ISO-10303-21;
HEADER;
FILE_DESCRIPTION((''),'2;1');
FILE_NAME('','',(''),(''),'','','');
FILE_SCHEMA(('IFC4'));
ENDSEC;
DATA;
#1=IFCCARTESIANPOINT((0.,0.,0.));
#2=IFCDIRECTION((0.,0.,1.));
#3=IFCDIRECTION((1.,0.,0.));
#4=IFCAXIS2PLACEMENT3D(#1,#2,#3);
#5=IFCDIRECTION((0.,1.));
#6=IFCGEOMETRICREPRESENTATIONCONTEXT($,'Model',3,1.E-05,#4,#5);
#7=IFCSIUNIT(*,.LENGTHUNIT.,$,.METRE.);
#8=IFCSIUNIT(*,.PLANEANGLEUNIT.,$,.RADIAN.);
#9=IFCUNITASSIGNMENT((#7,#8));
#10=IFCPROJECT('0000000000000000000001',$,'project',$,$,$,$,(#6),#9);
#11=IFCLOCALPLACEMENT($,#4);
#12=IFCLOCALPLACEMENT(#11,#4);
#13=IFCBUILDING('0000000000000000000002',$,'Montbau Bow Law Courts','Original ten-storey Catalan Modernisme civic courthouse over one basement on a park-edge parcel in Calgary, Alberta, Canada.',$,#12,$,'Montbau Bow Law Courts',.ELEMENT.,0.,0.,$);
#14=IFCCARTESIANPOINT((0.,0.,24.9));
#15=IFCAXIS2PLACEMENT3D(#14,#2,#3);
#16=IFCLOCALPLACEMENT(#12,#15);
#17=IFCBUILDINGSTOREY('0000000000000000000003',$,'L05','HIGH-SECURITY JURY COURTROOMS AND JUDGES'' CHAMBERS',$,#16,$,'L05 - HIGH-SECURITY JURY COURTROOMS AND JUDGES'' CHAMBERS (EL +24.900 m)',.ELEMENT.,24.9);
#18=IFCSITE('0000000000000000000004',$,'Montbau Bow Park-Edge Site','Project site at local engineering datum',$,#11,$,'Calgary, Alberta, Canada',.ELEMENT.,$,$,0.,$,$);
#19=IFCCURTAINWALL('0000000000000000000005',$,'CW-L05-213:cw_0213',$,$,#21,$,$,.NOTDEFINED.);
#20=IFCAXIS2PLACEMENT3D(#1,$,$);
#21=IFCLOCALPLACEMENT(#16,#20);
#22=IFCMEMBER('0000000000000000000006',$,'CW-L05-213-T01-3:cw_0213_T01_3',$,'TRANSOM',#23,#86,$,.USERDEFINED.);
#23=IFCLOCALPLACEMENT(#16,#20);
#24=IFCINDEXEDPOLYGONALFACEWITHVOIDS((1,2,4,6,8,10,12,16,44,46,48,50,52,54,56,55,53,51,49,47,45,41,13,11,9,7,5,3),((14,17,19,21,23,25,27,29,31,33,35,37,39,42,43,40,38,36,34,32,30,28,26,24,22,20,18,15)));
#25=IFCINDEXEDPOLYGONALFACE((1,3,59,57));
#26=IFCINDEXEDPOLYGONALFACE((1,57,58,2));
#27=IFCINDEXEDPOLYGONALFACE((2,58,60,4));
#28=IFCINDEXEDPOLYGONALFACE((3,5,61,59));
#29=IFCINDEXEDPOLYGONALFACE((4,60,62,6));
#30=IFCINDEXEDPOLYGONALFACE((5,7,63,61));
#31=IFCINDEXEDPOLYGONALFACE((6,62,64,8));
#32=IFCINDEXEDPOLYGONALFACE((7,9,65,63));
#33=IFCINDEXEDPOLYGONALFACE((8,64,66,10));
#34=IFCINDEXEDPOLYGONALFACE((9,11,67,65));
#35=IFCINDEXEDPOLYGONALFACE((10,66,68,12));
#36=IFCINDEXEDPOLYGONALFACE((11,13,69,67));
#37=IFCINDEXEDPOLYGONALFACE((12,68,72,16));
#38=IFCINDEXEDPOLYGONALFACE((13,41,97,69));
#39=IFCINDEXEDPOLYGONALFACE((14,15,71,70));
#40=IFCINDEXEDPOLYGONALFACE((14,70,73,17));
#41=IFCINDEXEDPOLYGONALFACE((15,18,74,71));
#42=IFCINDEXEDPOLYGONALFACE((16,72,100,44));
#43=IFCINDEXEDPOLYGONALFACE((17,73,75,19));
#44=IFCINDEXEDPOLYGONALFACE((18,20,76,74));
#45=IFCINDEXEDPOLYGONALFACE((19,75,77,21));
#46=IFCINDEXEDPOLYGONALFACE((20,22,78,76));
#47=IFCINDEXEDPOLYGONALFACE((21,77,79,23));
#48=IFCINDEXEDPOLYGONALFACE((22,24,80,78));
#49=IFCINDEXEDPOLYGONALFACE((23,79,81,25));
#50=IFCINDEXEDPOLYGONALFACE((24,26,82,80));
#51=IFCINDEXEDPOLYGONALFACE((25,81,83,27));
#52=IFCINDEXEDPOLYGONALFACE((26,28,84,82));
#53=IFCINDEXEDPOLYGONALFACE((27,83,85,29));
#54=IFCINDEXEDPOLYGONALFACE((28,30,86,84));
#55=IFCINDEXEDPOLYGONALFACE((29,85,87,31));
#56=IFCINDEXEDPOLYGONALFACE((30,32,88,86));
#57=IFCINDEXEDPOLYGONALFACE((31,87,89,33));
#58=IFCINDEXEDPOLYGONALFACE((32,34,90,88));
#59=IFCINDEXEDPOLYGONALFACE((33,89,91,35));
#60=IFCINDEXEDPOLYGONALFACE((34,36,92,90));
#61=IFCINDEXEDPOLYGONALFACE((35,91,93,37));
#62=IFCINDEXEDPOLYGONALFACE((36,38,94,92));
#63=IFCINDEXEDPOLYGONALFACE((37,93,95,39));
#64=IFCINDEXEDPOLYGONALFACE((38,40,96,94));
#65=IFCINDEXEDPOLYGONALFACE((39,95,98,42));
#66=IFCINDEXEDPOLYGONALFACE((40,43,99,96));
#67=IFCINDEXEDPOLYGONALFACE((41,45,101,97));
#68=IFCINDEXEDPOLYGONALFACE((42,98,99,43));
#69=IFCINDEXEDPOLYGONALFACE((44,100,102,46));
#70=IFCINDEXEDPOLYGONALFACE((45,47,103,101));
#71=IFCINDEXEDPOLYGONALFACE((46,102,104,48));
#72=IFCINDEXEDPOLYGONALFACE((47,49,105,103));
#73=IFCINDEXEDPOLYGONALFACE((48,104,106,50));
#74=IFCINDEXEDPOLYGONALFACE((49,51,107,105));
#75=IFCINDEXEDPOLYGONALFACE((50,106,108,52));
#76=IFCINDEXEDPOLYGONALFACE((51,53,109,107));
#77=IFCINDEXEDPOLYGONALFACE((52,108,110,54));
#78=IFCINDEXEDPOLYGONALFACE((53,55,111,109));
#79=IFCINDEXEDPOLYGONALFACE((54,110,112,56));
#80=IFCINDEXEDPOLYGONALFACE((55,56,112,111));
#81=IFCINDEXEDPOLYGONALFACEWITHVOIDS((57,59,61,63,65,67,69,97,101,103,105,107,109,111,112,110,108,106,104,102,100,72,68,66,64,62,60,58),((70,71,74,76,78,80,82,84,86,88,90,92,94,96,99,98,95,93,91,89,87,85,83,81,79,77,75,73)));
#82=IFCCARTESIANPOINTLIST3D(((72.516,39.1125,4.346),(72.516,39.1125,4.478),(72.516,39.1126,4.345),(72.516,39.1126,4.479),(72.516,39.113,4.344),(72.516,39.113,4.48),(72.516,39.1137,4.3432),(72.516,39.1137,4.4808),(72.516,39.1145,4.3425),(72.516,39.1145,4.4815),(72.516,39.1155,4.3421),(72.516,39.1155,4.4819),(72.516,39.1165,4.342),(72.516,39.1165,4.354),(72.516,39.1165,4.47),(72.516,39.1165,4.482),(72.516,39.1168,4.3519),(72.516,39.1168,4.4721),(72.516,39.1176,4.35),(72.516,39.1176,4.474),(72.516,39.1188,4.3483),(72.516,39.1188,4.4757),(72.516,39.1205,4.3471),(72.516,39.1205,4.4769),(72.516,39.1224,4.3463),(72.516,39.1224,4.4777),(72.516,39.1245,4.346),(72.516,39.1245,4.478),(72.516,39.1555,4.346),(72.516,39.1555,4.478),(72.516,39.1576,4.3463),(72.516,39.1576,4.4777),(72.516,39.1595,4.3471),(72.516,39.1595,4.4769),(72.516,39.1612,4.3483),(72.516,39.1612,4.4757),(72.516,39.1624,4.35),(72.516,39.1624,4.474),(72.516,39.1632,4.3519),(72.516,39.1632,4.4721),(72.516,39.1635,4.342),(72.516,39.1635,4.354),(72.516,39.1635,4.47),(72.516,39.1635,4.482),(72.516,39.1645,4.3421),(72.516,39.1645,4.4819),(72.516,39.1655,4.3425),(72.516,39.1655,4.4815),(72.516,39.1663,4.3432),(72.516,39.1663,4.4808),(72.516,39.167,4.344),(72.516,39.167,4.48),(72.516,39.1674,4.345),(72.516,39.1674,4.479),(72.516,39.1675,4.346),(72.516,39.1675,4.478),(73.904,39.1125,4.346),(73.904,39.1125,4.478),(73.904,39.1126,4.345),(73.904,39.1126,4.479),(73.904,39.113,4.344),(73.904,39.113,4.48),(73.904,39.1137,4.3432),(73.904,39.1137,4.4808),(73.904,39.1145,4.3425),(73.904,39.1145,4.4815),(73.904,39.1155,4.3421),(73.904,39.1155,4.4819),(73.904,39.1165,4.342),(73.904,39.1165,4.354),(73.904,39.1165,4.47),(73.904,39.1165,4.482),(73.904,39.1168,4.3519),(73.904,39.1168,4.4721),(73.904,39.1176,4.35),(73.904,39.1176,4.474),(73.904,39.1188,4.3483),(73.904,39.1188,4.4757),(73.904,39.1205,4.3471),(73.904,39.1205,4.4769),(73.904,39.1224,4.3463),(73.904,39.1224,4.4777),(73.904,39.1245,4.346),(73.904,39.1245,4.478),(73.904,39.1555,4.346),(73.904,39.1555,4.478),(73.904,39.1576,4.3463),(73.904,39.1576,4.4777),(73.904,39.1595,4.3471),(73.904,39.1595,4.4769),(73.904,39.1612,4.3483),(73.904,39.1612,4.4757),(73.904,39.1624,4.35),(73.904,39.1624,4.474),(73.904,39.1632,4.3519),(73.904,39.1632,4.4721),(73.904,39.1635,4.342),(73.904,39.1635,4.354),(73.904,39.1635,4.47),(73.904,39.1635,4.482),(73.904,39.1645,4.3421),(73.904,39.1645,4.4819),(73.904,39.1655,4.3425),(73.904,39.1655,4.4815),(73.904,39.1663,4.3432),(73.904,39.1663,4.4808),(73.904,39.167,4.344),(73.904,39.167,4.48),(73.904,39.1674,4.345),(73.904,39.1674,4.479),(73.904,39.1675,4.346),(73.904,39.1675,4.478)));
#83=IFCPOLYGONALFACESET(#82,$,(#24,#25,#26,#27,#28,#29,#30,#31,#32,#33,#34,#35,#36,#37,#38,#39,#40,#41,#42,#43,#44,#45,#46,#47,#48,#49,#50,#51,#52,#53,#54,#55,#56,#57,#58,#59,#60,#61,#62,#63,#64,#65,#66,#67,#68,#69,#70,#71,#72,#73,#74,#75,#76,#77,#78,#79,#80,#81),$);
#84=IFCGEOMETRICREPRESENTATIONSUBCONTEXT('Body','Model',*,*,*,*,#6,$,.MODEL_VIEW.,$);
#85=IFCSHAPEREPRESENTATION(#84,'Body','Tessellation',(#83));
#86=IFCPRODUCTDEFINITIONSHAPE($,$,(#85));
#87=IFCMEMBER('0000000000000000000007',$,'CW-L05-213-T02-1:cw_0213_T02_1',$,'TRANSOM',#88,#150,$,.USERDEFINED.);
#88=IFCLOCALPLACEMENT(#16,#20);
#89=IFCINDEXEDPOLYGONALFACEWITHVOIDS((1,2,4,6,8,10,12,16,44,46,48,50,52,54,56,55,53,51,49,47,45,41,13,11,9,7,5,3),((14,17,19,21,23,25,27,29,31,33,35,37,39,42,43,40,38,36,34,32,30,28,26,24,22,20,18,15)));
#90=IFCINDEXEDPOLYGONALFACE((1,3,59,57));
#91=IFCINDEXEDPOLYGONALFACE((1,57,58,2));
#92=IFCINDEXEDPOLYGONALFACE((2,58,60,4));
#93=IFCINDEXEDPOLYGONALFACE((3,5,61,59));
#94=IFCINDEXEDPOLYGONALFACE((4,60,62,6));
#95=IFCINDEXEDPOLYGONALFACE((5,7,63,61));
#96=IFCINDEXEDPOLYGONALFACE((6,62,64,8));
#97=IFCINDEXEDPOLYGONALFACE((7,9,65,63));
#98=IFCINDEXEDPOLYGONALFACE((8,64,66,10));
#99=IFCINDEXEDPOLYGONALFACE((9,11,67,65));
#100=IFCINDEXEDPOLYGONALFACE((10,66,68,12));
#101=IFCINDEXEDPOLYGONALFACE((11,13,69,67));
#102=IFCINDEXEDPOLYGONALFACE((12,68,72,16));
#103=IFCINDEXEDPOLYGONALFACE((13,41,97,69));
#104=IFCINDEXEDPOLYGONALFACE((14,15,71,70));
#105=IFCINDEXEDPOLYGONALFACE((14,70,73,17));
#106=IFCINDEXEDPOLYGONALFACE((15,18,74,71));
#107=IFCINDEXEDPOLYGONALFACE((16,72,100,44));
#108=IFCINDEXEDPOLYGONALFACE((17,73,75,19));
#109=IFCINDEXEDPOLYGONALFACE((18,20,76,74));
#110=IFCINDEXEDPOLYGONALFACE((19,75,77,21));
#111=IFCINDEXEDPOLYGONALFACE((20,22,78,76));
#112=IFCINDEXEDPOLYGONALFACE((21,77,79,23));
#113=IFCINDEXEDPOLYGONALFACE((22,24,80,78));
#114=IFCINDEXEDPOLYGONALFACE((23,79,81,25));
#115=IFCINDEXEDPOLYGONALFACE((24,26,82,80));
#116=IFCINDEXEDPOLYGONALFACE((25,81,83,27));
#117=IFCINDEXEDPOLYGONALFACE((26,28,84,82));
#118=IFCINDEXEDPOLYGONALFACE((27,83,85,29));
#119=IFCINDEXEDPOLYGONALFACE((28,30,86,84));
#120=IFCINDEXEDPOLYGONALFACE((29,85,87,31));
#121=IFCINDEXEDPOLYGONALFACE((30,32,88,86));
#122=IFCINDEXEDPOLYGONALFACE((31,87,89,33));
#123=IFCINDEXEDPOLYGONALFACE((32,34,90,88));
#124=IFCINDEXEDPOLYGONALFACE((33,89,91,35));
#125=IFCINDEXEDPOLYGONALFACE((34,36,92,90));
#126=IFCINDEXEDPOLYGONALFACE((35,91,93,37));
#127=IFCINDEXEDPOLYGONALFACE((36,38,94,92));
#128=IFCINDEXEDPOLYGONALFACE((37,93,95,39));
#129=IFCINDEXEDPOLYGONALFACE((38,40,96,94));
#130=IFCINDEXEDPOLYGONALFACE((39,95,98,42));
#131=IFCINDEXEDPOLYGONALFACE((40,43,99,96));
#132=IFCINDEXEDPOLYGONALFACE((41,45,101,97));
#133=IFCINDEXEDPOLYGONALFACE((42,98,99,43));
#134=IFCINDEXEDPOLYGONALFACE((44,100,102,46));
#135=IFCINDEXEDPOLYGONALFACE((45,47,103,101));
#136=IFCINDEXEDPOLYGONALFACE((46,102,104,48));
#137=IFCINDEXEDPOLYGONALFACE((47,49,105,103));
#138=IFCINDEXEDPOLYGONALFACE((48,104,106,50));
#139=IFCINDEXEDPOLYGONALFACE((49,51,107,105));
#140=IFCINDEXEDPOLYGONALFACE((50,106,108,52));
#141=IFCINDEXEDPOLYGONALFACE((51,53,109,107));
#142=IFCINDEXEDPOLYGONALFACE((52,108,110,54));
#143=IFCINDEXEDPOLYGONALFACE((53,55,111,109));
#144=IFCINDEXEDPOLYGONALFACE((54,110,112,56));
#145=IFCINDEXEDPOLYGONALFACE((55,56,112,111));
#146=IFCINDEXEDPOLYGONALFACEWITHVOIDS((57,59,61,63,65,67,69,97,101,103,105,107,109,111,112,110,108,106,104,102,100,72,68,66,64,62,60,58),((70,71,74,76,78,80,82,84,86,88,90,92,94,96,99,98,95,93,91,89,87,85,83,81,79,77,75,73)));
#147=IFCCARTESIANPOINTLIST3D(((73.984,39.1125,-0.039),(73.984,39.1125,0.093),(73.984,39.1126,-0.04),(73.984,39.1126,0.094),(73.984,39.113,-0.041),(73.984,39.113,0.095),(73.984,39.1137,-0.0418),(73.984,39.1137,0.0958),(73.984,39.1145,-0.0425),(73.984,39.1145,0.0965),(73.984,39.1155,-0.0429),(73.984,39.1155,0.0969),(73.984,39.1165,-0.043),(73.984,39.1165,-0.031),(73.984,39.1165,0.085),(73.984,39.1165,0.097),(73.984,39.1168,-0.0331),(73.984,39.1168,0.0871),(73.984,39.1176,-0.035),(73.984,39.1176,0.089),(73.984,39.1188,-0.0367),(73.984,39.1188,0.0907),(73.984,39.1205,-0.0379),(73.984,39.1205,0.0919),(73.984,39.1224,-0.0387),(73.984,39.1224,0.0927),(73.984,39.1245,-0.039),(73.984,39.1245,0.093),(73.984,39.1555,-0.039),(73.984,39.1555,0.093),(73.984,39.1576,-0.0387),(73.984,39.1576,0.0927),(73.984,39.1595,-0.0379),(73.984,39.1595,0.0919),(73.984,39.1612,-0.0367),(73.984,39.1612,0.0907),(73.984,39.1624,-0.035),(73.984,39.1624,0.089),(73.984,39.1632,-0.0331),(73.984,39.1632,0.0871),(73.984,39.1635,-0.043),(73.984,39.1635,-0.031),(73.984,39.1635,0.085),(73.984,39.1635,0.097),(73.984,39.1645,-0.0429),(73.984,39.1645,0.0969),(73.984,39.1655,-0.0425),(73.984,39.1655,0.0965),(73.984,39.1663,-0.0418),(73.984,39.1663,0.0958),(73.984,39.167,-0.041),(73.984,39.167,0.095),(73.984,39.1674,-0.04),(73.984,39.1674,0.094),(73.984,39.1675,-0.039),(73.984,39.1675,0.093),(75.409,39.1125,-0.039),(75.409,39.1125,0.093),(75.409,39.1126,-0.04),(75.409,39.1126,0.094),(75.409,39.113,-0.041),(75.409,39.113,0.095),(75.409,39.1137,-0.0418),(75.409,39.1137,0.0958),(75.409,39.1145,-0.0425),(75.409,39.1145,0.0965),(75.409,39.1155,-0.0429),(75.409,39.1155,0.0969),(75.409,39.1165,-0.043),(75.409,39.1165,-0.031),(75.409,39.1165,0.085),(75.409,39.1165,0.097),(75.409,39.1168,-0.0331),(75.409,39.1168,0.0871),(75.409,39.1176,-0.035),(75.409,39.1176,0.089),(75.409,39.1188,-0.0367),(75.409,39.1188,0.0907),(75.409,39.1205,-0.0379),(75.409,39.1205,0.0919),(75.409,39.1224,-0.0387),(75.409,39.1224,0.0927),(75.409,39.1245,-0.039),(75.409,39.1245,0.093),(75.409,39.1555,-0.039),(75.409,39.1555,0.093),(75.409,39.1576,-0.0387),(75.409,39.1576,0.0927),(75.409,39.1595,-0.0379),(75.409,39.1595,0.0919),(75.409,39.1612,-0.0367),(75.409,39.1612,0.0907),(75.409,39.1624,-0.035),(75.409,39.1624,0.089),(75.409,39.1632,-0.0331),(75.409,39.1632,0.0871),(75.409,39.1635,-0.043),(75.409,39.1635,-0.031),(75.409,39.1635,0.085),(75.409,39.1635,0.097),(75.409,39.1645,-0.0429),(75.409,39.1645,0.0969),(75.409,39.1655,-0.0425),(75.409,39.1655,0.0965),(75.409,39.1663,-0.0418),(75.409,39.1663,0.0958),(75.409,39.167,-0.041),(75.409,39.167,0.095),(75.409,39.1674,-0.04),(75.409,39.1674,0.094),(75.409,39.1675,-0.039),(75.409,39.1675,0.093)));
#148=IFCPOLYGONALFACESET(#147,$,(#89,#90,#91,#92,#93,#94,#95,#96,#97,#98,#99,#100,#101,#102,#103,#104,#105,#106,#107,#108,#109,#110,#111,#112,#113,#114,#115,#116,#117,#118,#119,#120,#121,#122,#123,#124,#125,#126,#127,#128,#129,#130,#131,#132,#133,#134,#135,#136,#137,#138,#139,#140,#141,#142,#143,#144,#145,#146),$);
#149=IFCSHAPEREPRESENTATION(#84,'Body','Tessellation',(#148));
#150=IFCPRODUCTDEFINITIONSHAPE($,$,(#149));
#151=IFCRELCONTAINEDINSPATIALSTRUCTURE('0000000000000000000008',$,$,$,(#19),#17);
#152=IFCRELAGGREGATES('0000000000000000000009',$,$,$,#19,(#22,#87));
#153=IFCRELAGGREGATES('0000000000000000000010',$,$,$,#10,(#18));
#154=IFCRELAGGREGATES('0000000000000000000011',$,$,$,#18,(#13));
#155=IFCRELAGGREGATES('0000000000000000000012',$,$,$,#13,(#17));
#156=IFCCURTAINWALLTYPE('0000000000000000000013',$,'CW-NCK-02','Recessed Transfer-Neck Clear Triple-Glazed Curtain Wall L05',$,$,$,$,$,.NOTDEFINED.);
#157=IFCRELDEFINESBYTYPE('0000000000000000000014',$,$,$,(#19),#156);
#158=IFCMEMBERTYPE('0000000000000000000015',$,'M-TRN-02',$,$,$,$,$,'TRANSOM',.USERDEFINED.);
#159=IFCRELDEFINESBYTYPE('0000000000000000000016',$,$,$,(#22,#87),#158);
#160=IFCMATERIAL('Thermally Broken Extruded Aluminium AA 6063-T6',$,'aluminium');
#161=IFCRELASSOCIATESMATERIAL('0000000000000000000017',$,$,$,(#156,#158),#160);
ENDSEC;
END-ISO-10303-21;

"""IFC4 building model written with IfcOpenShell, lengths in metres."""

from ifc_helpers import new_model, si_unit, direction, frame, origin_with_axes, origin_2d_with_axis, place, context, subcontext, project, spatial, hollow_rectangle, extrude, material, material_profile, profile_set, type_object, element, aggregate, save


model = new_model("IFC4")

# Units and contexts
model_context = context("Model", 3, precision=1e-05, world=origin_with_axes(), true_north=direction((0.0, 1.0)))
body_context = subcontext(model_context, "Body", "Model", "MODEL_VIEW")
ifc_project = project(units=[si_unit("LENGTHUNIT", "METRE"), si_unit("PLANEANGLEUNIT", "RADIAN")], contexts=[model_context])

# Site, building, storey
site_placement = place(None, origin_with_axes())
site = spatial("IfcSite", under=ifc_project, at=site_placement, Name="Montbau Bow Park-Edge Site", Description="Project site at local engineering datum", LongName="Calgary, Alberta, Canada", CompositionType="ELEMENT", RefElevation=0.0)
building_placement = place(site_placement, origin_with_axes())
building = spatial("IfcBuilding", under=site, at=building_placement, Name="Montbau Bow Law Courts", Description="Original ten-storey Catalan Modernisme civic courthouse over one basement on a park-edge parcel in Calgary, Alberta, Canada.", LongName="Montbau Bow Law Courts", CompositionType="ELEMENT", ElevationOfRefHeight=0.0, ElevationOfTerrain=0.0)
storey_placement = place(building_placement, frame((0.0, 0.0, 24.9), z_axis=(0.0, 0.0, 1.0), x_axis=(1.0, 0.0, 0.0)))
storey = spatial("IfcBuildingStorey", under=building, at=storey_placement, Name="L05", Description="HIGH-SECURITY JURY COURTROOMS AND JUDGES' CHAMBERS", LongName="L05 - HIGH-SECURITY JURY COURTROOMS AND JUDGES' CHAMBERS (EL +24.900 m)", CompositionType="ELEMENT", Elevation=24.9)

# Curtain wall, members
ifc_material_1 = material(Name="Thermally Broken Extruded Aluminium AA 6063-T6", Category="aluminium")
curtain_wall_type = type_object("IfcCurtainWallType", Name="CW-NCK-02", Description="Recessed Transfer-Neck Clear Triple-Glazed Curtain Wall L05", PredefinedType="NOTDEFINED", material=ifc_material_1)
curtain_wall_placement = place(None, frame((72.44, 39.14, 24.9), z_axis=(0.0, 0.0, 1.0), x_axis=(1.0, 0.0, 0.0)))
curtain_wall = element("IfcCurtainWall", 1, at=curtain_wall_placement, inside=storey, type_object=curtain_wall_type, Name="CW-L05-213:cw_0213", PredefinedType="NOTDEFINED")
ifc_material_profile_1 = material_profile(ifc_material_1, hollow_rectangle(XDim=0.055, YDim=0.14, WallThickness=0.004, InnerFilletRadius=0.008, OuterFilletRadius=0.004, at=origin_2d_with_axis()), Name="CWT-140X55", Category="Main", Priority=0)
ifc_profile_set_1 = profile_set([ifc_material_profile_1], Name="Thermally Broken Extruded Aluminium AA 6063-T6")
member_type_1 = type_object("IfcMemberType", Name="M-TRN-02", ElementType="TRANSOM", PredefinedType="USERDEFINED", material=ifc_profile_set_1)
member_1_placement = place(None, frame((72.516, 39.14, 29.312), z_axis=(1.0, 0.0, 0.0), x_axis=(0.0, 1.0, 0.0)))
member_1 = element("IfcMember", 2, at=member_1_placement, type_object=member_type_1, Name="CW-L05-213-T01-3:cw_0213_T01_3", ObjectType="TRANSOM", PredefinedType="USERDEFINED", context=body_context, shape_type="SweptSolid", body=[
    extrude(hollow_rectangle(XDim=0.055, YDim=0.14, WallThickness=0.004, InnerFilletRadius=0.008, OuterFilletRadius=0.004, at=origin_2d_with_axis()), origin_with_axes(), (0.0, 0.0, 1.0), 1.388),
])
member_2_placement = place(None, frame((73.984, 39.14, 24.927), z_axis=(1.0, 0.0, 0.0), x_axis=(0.0, 1.0, 0.0)))
member_2 = element("IfcMember", 3, at=member_2_placement, type_object=member_type_1, Name="CW-L05-213-T02-1:cw_0213_T02_1", ObjectType="TRANSOM", PredefinedType="USERDEFINED", context=body_context, shape_type="SweptSolid", body=[
    extrude(hollow_rectangle(XDim=0.055, YDim=0.14, WallThickness=0.004, InnerFilletRadius=0.008, OuterFilletRadius=0.004, at=origin_2d_with_axis()), origin_with_axes(), (0.0, 0.0, 1.0), 1.425),
])
aggregate(curtain_wall, [member_1, member_2])

save(model, "model.ifc")
